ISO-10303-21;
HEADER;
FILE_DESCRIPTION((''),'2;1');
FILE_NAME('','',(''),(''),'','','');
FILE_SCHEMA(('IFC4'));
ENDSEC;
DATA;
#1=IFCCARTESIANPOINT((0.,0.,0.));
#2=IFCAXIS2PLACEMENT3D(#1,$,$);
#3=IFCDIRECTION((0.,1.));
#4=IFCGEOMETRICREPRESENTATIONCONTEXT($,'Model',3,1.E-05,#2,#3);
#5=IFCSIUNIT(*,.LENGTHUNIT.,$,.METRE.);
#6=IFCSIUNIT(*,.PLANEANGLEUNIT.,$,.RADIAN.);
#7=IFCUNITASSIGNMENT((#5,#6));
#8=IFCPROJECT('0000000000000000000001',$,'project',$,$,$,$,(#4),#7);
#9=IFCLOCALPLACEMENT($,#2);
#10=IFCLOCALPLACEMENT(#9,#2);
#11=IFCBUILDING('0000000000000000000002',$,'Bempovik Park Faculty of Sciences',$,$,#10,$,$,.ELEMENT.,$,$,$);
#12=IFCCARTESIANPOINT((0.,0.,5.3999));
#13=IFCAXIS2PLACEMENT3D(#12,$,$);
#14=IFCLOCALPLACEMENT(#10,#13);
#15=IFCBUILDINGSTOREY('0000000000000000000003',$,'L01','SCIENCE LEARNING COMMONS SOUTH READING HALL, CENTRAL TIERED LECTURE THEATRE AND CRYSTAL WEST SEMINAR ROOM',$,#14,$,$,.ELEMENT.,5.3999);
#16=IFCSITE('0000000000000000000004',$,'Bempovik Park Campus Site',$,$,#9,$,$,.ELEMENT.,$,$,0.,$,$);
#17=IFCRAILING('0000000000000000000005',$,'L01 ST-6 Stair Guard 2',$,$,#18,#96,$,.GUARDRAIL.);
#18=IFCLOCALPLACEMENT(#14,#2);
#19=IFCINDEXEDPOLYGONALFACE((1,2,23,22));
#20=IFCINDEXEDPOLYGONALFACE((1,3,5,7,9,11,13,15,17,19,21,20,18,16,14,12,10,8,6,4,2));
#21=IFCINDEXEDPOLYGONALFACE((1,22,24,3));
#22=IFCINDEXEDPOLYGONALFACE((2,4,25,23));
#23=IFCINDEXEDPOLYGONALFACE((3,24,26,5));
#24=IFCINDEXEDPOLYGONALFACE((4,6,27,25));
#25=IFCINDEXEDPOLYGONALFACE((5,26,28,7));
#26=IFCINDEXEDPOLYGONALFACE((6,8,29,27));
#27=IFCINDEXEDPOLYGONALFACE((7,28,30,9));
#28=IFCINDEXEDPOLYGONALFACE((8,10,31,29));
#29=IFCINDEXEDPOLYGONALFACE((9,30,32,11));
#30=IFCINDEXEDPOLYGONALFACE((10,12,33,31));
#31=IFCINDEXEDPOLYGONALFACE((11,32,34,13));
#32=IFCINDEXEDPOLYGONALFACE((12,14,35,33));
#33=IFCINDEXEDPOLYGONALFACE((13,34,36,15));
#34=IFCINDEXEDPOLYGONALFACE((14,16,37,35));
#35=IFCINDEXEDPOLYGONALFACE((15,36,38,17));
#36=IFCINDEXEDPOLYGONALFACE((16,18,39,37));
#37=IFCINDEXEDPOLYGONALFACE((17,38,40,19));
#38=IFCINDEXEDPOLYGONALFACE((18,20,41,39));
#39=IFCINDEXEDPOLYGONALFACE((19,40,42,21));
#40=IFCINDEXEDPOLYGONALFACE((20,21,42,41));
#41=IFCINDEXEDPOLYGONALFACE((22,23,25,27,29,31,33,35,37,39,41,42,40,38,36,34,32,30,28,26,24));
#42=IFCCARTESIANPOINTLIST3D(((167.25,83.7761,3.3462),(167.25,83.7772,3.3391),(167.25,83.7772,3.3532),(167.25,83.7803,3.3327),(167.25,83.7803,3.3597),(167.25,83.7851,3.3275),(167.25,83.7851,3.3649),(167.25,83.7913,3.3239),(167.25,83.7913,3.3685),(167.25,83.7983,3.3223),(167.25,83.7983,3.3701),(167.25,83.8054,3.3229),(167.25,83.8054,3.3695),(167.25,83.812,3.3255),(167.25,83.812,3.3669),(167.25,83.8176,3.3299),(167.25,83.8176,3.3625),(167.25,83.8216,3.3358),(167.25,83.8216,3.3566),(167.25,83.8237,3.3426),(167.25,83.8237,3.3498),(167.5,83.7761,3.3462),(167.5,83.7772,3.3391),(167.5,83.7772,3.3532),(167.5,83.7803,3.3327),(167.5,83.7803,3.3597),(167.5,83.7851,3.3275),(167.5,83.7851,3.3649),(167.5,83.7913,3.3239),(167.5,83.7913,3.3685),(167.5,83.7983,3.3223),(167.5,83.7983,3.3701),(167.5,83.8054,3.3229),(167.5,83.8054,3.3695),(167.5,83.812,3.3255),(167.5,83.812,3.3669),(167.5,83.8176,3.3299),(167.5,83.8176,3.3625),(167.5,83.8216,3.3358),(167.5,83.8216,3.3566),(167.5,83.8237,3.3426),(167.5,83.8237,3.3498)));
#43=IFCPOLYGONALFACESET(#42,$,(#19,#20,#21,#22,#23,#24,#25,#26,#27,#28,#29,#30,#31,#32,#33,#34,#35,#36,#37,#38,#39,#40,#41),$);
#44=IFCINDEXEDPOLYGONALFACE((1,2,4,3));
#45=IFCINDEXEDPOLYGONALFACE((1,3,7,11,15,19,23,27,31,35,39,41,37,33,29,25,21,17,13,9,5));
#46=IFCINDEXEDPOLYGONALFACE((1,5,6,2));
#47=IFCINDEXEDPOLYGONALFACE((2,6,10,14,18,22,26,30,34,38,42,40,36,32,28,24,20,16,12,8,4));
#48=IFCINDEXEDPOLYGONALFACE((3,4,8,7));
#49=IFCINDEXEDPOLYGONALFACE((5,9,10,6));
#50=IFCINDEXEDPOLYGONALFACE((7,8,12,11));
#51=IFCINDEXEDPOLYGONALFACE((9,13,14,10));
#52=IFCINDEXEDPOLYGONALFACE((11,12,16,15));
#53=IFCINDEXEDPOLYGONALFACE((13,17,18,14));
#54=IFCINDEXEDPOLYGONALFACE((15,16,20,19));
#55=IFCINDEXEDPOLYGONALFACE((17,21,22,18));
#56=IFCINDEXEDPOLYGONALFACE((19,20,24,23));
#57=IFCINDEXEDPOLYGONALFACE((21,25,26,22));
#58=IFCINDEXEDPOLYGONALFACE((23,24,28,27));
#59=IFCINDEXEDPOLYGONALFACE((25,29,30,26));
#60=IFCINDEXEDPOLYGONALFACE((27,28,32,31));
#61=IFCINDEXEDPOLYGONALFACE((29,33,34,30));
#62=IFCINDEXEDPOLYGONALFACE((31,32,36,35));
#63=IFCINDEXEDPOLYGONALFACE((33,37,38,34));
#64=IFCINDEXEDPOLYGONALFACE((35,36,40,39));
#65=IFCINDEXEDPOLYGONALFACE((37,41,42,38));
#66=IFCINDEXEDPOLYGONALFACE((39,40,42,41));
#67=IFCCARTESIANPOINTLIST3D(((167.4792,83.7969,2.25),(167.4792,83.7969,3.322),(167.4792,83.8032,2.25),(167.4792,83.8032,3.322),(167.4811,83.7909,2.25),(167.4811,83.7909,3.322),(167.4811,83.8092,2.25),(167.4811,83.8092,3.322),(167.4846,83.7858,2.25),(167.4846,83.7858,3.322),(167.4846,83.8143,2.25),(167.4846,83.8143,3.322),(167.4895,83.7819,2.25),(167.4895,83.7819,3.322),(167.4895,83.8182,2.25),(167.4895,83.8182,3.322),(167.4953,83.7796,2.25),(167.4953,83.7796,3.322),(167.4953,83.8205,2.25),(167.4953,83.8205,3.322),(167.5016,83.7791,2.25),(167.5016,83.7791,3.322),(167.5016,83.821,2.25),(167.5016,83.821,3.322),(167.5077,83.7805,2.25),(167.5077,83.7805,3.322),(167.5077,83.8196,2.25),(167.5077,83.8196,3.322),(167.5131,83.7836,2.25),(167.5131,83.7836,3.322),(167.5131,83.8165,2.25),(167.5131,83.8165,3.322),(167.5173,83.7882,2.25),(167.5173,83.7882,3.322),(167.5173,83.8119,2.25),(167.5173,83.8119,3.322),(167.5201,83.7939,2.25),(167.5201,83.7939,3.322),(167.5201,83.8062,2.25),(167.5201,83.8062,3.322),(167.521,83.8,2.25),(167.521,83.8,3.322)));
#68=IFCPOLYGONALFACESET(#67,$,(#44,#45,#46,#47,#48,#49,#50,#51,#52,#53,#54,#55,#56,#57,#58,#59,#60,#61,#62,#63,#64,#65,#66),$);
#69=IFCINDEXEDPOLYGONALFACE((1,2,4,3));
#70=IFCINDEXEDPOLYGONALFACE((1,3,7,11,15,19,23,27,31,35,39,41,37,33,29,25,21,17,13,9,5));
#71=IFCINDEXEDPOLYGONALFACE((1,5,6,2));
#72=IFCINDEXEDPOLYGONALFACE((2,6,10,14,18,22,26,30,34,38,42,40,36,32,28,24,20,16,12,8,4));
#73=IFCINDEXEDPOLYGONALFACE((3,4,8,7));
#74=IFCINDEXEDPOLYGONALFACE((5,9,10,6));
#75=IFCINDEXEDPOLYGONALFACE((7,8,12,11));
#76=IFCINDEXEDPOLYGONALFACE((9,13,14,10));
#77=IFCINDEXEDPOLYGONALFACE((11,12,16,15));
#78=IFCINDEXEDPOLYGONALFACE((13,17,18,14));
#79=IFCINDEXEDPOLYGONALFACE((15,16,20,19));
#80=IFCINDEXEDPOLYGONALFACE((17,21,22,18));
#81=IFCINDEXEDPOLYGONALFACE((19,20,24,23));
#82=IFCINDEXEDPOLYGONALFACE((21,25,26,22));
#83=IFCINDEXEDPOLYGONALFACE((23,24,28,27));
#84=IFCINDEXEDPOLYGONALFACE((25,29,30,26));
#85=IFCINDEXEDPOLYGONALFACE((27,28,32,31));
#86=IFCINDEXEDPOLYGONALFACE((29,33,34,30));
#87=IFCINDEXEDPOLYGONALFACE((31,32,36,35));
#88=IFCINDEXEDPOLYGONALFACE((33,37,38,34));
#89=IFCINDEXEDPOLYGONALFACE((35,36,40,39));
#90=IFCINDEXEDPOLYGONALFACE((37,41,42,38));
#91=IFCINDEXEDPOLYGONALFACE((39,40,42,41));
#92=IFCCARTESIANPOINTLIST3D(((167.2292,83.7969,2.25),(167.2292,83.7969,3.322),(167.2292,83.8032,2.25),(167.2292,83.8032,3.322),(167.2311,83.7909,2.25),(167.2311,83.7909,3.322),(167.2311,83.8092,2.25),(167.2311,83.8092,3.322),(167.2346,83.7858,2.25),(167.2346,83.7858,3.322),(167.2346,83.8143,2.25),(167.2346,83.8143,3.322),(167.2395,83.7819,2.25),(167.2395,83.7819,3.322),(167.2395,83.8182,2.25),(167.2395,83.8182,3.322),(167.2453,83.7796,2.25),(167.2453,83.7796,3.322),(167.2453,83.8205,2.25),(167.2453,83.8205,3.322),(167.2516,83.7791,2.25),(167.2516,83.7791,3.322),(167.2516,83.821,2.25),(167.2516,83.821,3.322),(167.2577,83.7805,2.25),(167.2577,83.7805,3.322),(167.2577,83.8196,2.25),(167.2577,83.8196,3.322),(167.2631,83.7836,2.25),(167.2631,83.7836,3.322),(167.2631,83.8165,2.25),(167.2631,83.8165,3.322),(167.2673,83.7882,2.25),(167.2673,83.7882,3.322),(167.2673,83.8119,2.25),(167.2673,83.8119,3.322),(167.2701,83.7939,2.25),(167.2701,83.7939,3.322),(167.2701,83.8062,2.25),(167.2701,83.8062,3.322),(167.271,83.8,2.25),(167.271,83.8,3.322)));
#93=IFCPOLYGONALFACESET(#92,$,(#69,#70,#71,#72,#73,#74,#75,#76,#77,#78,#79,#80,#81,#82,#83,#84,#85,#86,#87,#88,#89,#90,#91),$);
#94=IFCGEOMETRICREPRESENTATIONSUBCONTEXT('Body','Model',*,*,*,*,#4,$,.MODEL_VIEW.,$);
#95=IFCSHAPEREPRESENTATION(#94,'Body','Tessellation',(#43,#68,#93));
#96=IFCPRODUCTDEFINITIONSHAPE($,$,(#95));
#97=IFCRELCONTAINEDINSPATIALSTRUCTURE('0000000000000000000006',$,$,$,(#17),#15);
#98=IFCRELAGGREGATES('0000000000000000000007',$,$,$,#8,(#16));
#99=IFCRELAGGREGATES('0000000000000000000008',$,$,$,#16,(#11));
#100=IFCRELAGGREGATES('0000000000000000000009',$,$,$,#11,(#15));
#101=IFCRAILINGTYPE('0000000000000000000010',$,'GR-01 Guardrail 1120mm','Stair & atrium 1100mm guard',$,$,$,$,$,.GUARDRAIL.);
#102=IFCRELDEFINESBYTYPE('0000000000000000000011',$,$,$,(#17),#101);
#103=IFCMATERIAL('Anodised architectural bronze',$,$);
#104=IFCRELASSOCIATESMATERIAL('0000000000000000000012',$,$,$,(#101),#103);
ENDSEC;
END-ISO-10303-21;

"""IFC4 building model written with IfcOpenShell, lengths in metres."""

from ifc_helpers import new_model, si_unit, direction, frame, origin, origin_2d, place, context, subcontext, project, spatial, circle, extrude, material, type_object, element, save


model = new_model("IFC4")

# Units and contexts
model_context = context("Model", 3, precision=1e-05, world=origin(), true_north=direction((0.0, 1.0)))
body_context = subcontext(model_context, "Body", "Model", "MODEL_VIEW")
ifc_project = project(units=[si_unit("LENGTHUNIT", "METRE"), si_unit("PLANEANGLEUNIT", "RADIAN")], contexts=[model_context])

# Site, building, storey
site_placement = place(None, origin())
site = spatial("IfcSite", under=ifc_project, at=site_placement, Name="Bempovik Park Campus Site", CompositionType="ELEMENT", RefElevation=0.0)
building_placement = place(site_placement, origin())
building = spatial("IfcBuilding", under=site, at=building_placement, Name="Bempovik Park Faculty of Sciences", CompositionType="ELEMENT")
storey_placement = place(building_placement, frame((0.0, 0.0, 5.3999)))
storey = spatial("IfcBuildingStorey", under=building, at=storey_placement, Name="L01", Description="SCIENCE LEARNING COMMONS SOUTH READING HALL, CENTRAL TIERED LECTURE THEATRE AND CRYSTAL WEST SEMINAR ROOM", CompositionType="ELEMENT", Elevation=5.3999)

# Railing
ifc_material_1 = material(Name="Anodised architectural bronze")
railing_type_1 = type_object("IfcRailingType", Name="GR-01 Guardrail 1120mm", Description="Stair & atrium 1100mm guard", PredefinedType="GUARDRAIL", material=ifc_material_1)
railing_1_placement = place(storey_placement, frame((167.5, 83.8, 2.25)))
element("IfcRailing", 1, at=railing_1_placement, inside=storey, type_object=railing_type_1, Name="L01 ST-6 Stair Guard 2", PredefinedType="GUARDRAIL", context=body_context, shape_type="SweptSolid", body=[
    extrude(circle(Radius=0.0239, at=origin_2d()), frame((0.0, 0.0, 1.0962), z_axis=(-1.0, 0.0, 0.0), x_axis=(0.0, -1.0, 0.0)), (0.0, 0.0, 1.0), 0.25),
    extrude(circle(Radius=0.021, at=origin_2d()), origin(), (0.0, 0.0, 1.0), 1.072),
    extrude(circle(Radius=0.021, at=origin_2d()), frame((-0.25, 0.0, 0.0)), (0.0, 0.0, 1.0), 1.072),
])

save(model, "model.ifc")
